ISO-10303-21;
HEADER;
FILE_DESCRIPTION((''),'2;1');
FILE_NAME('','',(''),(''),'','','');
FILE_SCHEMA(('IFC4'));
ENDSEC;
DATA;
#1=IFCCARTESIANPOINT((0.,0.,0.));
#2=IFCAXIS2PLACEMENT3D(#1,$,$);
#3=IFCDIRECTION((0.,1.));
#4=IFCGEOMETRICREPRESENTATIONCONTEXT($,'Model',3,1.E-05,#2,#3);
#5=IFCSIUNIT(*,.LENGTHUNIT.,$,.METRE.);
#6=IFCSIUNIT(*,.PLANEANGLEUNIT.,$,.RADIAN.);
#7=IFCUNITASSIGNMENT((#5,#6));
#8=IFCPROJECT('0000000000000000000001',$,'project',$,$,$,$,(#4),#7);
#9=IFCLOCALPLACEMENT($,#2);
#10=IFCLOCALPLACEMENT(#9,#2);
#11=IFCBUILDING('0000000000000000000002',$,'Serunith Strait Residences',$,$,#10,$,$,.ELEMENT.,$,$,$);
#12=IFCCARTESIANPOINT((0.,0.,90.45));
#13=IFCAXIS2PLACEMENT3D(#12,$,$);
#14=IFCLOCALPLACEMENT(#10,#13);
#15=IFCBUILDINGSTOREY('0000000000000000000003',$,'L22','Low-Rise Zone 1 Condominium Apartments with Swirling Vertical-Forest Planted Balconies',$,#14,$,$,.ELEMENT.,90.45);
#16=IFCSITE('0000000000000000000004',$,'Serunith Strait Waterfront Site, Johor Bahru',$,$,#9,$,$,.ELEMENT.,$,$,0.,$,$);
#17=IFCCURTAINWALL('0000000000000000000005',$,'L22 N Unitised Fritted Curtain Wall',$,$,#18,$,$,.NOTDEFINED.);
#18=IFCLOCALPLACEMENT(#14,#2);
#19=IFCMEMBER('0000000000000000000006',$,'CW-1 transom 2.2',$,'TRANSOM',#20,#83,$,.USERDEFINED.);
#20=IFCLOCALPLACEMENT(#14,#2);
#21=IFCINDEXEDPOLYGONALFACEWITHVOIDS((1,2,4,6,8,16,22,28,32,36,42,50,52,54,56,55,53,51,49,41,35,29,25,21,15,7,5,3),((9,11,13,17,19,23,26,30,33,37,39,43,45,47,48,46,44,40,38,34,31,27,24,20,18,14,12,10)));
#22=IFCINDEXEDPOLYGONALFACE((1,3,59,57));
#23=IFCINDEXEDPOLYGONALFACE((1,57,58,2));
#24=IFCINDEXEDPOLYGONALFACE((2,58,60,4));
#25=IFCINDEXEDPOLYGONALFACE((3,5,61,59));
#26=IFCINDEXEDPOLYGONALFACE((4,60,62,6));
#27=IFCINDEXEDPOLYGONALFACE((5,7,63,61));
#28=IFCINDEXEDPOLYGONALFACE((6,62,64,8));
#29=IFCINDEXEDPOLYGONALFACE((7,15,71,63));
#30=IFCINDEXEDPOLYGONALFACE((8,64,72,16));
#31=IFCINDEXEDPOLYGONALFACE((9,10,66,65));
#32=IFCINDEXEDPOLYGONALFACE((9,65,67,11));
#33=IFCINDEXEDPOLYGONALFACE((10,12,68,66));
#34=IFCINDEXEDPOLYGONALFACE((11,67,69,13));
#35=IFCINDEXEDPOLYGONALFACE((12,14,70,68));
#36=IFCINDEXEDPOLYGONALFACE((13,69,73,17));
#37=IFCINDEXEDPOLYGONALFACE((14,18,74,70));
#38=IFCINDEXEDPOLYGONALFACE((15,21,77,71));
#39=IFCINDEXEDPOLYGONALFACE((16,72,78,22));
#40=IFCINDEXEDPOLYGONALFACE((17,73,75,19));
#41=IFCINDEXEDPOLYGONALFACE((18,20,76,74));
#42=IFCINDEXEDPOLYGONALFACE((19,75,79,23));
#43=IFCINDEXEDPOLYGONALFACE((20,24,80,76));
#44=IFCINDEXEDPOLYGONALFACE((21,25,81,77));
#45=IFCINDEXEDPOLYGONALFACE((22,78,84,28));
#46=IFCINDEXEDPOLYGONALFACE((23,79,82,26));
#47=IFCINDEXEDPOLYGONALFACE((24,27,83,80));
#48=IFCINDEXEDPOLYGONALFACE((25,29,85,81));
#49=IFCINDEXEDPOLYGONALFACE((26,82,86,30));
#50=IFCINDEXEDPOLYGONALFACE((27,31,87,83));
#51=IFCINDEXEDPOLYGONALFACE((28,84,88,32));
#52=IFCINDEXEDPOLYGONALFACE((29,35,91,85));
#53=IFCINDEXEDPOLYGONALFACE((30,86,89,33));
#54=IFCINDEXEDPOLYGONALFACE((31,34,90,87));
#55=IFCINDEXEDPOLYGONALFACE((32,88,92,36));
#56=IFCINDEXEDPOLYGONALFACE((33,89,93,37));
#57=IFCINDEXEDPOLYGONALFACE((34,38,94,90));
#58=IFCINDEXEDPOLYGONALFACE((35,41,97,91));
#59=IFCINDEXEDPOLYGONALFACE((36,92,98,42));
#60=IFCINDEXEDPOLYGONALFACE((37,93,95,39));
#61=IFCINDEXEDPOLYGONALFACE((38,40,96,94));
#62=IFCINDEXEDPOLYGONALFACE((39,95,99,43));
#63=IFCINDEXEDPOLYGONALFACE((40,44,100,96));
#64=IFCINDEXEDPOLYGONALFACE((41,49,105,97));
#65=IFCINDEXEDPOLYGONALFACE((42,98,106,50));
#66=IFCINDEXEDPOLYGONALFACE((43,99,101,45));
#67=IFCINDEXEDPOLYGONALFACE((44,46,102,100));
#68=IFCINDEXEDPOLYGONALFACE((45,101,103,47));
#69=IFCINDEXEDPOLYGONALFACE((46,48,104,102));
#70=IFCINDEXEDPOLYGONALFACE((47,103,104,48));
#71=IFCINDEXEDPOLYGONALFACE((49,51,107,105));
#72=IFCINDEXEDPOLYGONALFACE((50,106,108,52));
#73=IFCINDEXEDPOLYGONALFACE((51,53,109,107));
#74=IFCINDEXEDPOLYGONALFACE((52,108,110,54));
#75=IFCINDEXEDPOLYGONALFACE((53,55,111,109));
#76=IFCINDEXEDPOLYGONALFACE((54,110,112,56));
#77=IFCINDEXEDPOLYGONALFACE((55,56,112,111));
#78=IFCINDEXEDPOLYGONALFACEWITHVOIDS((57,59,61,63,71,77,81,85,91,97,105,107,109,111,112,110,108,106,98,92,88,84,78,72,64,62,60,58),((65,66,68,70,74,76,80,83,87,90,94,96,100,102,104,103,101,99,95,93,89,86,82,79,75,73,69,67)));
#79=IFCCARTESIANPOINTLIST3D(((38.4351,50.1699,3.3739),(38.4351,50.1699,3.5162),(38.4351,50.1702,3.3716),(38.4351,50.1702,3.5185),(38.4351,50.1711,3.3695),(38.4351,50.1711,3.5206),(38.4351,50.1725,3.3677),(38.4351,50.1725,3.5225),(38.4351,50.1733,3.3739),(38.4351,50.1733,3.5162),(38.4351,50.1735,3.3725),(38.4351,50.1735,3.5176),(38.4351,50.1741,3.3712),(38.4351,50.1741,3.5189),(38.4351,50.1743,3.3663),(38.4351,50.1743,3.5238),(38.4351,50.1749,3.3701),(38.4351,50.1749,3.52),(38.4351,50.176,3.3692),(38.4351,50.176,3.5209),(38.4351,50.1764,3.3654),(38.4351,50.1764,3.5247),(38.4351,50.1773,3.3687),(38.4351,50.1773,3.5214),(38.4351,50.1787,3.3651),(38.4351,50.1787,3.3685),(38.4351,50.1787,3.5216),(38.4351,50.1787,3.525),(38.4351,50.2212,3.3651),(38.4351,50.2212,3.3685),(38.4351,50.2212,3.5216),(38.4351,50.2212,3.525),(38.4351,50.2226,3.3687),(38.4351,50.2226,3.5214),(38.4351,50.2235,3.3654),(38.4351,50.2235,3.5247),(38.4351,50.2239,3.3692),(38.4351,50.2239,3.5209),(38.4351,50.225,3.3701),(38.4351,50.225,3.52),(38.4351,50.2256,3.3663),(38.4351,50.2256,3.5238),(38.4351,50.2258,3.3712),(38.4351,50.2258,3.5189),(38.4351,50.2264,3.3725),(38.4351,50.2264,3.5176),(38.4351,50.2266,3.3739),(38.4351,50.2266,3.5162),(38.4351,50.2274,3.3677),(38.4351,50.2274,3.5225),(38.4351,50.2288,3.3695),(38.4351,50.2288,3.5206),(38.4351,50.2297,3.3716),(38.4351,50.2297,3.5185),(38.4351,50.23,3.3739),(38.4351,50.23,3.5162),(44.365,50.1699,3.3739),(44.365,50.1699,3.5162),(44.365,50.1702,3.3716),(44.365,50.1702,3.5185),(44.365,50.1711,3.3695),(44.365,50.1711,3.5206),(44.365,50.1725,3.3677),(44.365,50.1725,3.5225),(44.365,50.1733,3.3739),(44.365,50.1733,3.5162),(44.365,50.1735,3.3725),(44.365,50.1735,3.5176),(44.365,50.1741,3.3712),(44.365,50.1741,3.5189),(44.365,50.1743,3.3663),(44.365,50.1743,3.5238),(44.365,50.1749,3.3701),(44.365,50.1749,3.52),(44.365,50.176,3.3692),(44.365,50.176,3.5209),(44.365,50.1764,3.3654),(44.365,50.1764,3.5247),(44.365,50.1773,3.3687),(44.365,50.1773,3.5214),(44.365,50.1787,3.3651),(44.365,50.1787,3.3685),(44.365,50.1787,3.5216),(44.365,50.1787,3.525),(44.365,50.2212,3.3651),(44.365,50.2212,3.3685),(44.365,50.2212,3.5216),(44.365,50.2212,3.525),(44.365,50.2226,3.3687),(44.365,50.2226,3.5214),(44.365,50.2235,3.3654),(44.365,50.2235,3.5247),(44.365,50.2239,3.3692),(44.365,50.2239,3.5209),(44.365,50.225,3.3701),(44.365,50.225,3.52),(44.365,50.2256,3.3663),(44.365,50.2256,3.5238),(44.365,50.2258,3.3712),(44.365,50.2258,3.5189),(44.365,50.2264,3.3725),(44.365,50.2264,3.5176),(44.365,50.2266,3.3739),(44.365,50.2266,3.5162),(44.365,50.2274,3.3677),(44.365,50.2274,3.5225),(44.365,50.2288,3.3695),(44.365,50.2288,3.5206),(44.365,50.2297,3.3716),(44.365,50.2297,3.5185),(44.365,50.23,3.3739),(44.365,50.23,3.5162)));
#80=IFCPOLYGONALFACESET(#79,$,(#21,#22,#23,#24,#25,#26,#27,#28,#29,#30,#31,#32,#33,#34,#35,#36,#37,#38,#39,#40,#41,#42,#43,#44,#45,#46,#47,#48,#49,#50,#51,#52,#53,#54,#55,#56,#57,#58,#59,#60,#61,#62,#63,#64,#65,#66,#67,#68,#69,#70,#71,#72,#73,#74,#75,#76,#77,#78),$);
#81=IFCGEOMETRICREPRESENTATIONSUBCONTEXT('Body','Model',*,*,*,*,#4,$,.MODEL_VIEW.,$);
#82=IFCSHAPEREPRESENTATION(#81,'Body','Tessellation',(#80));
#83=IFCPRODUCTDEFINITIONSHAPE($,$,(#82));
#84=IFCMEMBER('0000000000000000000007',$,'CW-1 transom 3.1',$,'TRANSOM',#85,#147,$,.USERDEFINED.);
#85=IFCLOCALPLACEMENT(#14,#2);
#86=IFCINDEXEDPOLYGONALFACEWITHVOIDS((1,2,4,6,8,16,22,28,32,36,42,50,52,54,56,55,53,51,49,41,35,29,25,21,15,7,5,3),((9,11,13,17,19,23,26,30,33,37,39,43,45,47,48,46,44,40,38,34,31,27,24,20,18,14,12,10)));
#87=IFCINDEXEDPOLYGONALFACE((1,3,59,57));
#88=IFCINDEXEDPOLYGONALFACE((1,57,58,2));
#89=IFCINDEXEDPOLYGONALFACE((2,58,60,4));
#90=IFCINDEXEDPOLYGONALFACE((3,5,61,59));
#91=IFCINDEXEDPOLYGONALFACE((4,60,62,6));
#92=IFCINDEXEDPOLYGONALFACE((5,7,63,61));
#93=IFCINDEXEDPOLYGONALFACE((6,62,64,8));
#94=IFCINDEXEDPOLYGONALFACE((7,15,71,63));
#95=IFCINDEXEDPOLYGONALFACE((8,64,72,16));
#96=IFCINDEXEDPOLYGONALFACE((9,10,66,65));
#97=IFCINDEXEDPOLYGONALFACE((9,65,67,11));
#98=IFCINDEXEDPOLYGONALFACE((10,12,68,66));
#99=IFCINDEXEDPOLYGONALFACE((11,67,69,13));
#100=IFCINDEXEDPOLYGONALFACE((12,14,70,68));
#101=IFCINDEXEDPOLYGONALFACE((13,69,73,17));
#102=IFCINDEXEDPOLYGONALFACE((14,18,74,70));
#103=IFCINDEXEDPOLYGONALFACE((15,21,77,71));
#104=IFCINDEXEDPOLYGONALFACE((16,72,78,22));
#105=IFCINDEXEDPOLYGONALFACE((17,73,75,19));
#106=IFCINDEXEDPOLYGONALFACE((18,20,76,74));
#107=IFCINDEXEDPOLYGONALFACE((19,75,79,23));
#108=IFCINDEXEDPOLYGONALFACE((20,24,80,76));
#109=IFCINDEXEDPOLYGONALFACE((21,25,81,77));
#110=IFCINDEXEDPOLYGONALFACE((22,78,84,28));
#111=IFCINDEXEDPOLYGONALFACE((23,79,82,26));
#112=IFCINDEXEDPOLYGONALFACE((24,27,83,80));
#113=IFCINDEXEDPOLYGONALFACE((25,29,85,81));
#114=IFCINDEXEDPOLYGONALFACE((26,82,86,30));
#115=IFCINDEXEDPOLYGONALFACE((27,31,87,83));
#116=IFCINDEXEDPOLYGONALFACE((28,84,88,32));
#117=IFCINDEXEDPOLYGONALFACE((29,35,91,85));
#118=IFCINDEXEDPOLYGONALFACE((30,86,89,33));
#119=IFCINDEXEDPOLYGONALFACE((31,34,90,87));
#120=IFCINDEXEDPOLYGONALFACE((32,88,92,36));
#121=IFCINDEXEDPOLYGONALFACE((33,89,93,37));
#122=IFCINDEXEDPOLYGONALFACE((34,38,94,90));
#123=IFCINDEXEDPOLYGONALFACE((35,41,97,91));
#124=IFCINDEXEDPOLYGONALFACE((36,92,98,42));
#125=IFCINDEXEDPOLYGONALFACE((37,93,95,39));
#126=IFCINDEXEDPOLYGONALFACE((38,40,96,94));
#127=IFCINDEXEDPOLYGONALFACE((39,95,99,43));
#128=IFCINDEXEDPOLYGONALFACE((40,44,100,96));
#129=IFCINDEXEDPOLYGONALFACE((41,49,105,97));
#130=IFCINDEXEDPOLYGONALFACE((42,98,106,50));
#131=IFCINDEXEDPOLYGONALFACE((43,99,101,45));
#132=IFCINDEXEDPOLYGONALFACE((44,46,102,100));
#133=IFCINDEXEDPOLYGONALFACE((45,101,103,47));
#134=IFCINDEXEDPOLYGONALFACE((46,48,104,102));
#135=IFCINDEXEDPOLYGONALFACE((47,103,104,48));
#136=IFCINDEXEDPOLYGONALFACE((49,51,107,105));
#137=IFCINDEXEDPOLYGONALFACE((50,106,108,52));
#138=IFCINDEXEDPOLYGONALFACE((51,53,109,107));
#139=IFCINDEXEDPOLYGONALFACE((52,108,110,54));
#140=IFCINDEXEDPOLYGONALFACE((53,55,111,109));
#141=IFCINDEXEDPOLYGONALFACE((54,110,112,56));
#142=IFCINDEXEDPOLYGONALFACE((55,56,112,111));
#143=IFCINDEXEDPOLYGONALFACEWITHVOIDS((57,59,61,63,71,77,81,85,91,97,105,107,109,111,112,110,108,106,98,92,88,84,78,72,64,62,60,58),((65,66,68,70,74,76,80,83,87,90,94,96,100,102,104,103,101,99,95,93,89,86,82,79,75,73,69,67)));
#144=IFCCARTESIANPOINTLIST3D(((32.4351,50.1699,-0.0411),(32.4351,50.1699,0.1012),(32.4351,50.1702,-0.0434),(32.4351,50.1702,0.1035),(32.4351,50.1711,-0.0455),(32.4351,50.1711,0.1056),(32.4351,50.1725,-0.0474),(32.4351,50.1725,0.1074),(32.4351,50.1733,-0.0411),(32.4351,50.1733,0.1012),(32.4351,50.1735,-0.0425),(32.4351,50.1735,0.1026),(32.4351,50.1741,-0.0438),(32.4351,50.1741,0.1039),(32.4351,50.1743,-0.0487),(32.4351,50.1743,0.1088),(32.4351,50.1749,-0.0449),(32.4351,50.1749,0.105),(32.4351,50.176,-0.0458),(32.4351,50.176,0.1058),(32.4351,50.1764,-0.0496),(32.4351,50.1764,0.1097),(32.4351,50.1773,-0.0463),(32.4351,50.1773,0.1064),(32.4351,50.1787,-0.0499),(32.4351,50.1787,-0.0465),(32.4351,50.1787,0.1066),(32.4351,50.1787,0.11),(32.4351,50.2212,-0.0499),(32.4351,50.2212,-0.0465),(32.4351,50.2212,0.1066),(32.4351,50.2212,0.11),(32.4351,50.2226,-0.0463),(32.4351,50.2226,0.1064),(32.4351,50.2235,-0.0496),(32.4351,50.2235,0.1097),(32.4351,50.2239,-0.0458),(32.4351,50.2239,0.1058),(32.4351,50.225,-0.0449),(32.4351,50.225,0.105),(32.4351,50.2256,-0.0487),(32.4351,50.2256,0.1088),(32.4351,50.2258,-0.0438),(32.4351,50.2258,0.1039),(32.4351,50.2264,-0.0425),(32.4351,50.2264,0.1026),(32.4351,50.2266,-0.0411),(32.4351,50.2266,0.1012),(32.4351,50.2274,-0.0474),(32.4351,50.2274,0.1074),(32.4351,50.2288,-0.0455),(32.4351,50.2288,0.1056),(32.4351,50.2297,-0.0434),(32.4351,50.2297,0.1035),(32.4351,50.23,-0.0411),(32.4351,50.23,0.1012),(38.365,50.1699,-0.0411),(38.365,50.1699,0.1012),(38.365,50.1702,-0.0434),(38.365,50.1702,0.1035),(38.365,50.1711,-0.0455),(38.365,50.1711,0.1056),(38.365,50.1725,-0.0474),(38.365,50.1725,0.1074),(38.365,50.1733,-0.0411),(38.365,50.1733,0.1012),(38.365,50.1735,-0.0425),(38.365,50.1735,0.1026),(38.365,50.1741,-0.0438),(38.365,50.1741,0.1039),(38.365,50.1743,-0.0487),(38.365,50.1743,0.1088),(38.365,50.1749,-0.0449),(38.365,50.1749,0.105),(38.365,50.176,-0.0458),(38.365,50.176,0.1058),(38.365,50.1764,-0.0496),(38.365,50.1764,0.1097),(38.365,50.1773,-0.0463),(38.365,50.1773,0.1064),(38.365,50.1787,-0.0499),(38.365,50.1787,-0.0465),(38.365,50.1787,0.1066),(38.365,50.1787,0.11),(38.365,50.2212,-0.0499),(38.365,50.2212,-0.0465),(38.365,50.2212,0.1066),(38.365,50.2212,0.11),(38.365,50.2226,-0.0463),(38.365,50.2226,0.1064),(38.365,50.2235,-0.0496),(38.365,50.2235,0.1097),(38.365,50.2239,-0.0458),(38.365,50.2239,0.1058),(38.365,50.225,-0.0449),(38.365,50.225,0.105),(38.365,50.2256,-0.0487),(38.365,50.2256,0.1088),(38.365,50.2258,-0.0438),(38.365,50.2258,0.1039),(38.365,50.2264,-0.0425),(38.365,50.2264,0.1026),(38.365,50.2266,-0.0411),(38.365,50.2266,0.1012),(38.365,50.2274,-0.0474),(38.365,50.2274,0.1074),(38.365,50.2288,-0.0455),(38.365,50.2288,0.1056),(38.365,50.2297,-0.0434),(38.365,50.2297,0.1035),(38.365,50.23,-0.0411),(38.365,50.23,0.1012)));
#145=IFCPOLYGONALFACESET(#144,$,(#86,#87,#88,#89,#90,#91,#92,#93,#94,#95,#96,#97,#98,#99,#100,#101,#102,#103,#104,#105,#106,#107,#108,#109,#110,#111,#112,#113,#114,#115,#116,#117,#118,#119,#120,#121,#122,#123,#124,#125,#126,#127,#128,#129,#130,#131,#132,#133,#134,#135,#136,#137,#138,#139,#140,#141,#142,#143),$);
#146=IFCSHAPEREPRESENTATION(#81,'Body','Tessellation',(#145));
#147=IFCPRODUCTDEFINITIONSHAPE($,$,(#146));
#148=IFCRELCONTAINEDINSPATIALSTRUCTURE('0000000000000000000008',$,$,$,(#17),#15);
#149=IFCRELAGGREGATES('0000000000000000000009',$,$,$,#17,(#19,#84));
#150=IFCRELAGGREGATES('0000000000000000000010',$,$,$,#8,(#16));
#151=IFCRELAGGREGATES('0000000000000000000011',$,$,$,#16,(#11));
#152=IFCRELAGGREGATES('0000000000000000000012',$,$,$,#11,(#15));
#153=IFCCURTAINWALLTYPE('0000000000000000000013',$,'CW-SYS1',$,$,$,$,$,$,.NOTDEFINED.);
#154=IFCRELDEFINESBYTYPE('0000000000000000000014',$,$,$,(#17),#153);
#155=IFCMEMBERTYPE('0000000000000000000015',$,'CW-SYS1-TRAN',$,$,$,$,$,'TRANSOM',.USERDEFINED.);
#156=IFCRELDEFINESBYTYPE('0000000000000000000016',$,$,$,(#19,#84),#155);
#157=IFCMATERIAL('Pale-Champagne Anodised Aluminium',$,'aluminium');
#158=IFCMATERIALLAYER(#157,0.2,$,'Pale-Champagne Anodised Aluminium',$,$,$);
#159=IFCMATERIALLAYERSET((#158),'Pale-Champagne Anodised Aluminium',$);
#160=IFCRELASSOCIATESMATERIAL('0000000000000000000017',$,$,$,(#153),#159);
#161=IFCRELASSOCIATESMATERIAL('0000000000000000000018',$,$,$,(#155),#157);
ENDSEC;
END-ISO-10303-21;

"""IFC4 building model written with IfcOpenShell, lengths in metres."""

from ifc_helpers import new_model, si_unit, direction, frame, origin, origin_2d, place, context, subcontext, project, spatial, hollow_rectangle, extrude, source, transform, mapped, material, layer, layer_set, material_profile, profile_set, type_object, element, aggregate, save


model = new_model("IFC4")

# Units and contexts
model_context = context("Model", 3, precision=1e-05, world=origin(), true_north=direction((0.0, 1.0)))
body_context = subcontext(model_context, "Body", "Model", "MODEL_VIEW")
ifc_project = project(units=[si_unit("LENGTHUNIT", "METRE"), si_unit("PLANEANGLEUNIT", "RADIAN")], contexts=[model_context])

# Site, building, storey
site_placement = place(None, origin())
site = spatial("IfcSite", under=ifc_project, at=site_placement, Name="Serunith Strait Waterfront Site, Johor Bahru", CompositionType="ELEMENT", RefElevation=0.0)
building_placement = place(site_placement, origin())
building = spatial("IfcBuilding", under=site, at=building_placement, Name="Serunith Strait Residences", CompositionType="ELEMENT")
storey_placement = place(building_placement, frame((0.0, 0.0, 90.45)))
storey = spatial("IfcBuildingStorey", under=building, at=storey_placement, Name="L22", Description="Low-Rise Zone 1 Condominium Apartments with Swirling Vertical-Forest Planted Balconies", CompositionType="ELEMENT", Elevation=90.45)

# Curtain wall, members
ifc_material_1 = material(Name="Pale-Champagne Anodised Aluminium", Category="aluminium")
ifc_layer_1 = layer(ifc_material_1, 0.2, Name="Pale-Champagne Anodised Aluminium")
ifc_layer_set_1 = layer_set([ifc_layer_1], Name="Pale-Champagne Anodised Aluminium")
curtain_wall_type = type_object("IfcCurtainWallType", Name="CW-SYS1", PredefinedType="NOTDEFINED", material=ifc_layer_set_1)
curtain_wall_placement = place(storey_placement, origin())
curtain_wall = element("IfcCurtainWall", 1, at=curtain_wall_placement, inside=storey, type_object=curtain_wall_type, Name="L22 N Unitised Fritted Curtain Wall", PredefinedType="NOTDEFINED")
ifc_material_profile_1 = material_profile(ifc_material_1, hollow_rectangle(XDim=0.0601, YDim=0.1599, WallThickness=0.0034, InnerFilletRadius=0.0054, OuterFilletRadius=0.0088, at=origin_2d()), Name="ALU 160x60x3.5")
ifc_profile_set_1 = profile_set([ifc_material_profile_1], Name="Pale-Champagne Anodised Aluminium")
member_type_1 = type_object("IfcMemberType", Name="CW-SYS1-TRAN", ElementType="TRANSOM", PredefinedType="USERDEFINED", material=ifc_profile_set_1)
shared_shape_1 = source(origin(), body_context, "Body", "SweptSolid", [
    extrude(hollow_rectangle(XDim=0.0601, YDim=0.1599, WallThickness=0.0034, InnerFilletRadius=0.0054, OuterFilletRadius=0.0088, at=origin_2d()), origin(), (0.0, 0.0, 1.0), 5.9299),
])
member_1_placement = place(storey_placement, frame((44.365, 50.2, 3.4451), z_axis=(-1.0, 0.0, 0.0), x_axis=(0.0, -1.0, 0.0)))
member_1 = element("IfcMember", 2, at=member_1_placement, type_object=member_type_1, Name="CW-1 transom 2.2", ObjectType="TRANSOM", PredefinedType="USERDEFINED", context=body_context, shape_type="MappedRepresentation", body=[
    mapped(shared_shape_1, transform((0.0, 0.0, 0.0), scale=1.0)),
])
member_2_placement = place(storey_placement, frame((38.365, 50.2, 0.03), z_axis=(-1.0, 0.0, 0.0), x_axis=(0.0, -1.0, 0.0)))
member_2 = element("IfcMember", 3, at=member_2_placement, type_object=member_type_1, Name="CW-1 transom 3.1", ObjectType="TRANSOM", PredefinedType="USERDEFINED", context=body_context, shape_type="MappedRepresentation", body=[
    mapped(shared_shape_1, transform((0.0, 0.0, 0.0), scale=1.0)),
])
aggregate(curtain_wall, [member_1, member_2])

save(model, "model.ifc")
